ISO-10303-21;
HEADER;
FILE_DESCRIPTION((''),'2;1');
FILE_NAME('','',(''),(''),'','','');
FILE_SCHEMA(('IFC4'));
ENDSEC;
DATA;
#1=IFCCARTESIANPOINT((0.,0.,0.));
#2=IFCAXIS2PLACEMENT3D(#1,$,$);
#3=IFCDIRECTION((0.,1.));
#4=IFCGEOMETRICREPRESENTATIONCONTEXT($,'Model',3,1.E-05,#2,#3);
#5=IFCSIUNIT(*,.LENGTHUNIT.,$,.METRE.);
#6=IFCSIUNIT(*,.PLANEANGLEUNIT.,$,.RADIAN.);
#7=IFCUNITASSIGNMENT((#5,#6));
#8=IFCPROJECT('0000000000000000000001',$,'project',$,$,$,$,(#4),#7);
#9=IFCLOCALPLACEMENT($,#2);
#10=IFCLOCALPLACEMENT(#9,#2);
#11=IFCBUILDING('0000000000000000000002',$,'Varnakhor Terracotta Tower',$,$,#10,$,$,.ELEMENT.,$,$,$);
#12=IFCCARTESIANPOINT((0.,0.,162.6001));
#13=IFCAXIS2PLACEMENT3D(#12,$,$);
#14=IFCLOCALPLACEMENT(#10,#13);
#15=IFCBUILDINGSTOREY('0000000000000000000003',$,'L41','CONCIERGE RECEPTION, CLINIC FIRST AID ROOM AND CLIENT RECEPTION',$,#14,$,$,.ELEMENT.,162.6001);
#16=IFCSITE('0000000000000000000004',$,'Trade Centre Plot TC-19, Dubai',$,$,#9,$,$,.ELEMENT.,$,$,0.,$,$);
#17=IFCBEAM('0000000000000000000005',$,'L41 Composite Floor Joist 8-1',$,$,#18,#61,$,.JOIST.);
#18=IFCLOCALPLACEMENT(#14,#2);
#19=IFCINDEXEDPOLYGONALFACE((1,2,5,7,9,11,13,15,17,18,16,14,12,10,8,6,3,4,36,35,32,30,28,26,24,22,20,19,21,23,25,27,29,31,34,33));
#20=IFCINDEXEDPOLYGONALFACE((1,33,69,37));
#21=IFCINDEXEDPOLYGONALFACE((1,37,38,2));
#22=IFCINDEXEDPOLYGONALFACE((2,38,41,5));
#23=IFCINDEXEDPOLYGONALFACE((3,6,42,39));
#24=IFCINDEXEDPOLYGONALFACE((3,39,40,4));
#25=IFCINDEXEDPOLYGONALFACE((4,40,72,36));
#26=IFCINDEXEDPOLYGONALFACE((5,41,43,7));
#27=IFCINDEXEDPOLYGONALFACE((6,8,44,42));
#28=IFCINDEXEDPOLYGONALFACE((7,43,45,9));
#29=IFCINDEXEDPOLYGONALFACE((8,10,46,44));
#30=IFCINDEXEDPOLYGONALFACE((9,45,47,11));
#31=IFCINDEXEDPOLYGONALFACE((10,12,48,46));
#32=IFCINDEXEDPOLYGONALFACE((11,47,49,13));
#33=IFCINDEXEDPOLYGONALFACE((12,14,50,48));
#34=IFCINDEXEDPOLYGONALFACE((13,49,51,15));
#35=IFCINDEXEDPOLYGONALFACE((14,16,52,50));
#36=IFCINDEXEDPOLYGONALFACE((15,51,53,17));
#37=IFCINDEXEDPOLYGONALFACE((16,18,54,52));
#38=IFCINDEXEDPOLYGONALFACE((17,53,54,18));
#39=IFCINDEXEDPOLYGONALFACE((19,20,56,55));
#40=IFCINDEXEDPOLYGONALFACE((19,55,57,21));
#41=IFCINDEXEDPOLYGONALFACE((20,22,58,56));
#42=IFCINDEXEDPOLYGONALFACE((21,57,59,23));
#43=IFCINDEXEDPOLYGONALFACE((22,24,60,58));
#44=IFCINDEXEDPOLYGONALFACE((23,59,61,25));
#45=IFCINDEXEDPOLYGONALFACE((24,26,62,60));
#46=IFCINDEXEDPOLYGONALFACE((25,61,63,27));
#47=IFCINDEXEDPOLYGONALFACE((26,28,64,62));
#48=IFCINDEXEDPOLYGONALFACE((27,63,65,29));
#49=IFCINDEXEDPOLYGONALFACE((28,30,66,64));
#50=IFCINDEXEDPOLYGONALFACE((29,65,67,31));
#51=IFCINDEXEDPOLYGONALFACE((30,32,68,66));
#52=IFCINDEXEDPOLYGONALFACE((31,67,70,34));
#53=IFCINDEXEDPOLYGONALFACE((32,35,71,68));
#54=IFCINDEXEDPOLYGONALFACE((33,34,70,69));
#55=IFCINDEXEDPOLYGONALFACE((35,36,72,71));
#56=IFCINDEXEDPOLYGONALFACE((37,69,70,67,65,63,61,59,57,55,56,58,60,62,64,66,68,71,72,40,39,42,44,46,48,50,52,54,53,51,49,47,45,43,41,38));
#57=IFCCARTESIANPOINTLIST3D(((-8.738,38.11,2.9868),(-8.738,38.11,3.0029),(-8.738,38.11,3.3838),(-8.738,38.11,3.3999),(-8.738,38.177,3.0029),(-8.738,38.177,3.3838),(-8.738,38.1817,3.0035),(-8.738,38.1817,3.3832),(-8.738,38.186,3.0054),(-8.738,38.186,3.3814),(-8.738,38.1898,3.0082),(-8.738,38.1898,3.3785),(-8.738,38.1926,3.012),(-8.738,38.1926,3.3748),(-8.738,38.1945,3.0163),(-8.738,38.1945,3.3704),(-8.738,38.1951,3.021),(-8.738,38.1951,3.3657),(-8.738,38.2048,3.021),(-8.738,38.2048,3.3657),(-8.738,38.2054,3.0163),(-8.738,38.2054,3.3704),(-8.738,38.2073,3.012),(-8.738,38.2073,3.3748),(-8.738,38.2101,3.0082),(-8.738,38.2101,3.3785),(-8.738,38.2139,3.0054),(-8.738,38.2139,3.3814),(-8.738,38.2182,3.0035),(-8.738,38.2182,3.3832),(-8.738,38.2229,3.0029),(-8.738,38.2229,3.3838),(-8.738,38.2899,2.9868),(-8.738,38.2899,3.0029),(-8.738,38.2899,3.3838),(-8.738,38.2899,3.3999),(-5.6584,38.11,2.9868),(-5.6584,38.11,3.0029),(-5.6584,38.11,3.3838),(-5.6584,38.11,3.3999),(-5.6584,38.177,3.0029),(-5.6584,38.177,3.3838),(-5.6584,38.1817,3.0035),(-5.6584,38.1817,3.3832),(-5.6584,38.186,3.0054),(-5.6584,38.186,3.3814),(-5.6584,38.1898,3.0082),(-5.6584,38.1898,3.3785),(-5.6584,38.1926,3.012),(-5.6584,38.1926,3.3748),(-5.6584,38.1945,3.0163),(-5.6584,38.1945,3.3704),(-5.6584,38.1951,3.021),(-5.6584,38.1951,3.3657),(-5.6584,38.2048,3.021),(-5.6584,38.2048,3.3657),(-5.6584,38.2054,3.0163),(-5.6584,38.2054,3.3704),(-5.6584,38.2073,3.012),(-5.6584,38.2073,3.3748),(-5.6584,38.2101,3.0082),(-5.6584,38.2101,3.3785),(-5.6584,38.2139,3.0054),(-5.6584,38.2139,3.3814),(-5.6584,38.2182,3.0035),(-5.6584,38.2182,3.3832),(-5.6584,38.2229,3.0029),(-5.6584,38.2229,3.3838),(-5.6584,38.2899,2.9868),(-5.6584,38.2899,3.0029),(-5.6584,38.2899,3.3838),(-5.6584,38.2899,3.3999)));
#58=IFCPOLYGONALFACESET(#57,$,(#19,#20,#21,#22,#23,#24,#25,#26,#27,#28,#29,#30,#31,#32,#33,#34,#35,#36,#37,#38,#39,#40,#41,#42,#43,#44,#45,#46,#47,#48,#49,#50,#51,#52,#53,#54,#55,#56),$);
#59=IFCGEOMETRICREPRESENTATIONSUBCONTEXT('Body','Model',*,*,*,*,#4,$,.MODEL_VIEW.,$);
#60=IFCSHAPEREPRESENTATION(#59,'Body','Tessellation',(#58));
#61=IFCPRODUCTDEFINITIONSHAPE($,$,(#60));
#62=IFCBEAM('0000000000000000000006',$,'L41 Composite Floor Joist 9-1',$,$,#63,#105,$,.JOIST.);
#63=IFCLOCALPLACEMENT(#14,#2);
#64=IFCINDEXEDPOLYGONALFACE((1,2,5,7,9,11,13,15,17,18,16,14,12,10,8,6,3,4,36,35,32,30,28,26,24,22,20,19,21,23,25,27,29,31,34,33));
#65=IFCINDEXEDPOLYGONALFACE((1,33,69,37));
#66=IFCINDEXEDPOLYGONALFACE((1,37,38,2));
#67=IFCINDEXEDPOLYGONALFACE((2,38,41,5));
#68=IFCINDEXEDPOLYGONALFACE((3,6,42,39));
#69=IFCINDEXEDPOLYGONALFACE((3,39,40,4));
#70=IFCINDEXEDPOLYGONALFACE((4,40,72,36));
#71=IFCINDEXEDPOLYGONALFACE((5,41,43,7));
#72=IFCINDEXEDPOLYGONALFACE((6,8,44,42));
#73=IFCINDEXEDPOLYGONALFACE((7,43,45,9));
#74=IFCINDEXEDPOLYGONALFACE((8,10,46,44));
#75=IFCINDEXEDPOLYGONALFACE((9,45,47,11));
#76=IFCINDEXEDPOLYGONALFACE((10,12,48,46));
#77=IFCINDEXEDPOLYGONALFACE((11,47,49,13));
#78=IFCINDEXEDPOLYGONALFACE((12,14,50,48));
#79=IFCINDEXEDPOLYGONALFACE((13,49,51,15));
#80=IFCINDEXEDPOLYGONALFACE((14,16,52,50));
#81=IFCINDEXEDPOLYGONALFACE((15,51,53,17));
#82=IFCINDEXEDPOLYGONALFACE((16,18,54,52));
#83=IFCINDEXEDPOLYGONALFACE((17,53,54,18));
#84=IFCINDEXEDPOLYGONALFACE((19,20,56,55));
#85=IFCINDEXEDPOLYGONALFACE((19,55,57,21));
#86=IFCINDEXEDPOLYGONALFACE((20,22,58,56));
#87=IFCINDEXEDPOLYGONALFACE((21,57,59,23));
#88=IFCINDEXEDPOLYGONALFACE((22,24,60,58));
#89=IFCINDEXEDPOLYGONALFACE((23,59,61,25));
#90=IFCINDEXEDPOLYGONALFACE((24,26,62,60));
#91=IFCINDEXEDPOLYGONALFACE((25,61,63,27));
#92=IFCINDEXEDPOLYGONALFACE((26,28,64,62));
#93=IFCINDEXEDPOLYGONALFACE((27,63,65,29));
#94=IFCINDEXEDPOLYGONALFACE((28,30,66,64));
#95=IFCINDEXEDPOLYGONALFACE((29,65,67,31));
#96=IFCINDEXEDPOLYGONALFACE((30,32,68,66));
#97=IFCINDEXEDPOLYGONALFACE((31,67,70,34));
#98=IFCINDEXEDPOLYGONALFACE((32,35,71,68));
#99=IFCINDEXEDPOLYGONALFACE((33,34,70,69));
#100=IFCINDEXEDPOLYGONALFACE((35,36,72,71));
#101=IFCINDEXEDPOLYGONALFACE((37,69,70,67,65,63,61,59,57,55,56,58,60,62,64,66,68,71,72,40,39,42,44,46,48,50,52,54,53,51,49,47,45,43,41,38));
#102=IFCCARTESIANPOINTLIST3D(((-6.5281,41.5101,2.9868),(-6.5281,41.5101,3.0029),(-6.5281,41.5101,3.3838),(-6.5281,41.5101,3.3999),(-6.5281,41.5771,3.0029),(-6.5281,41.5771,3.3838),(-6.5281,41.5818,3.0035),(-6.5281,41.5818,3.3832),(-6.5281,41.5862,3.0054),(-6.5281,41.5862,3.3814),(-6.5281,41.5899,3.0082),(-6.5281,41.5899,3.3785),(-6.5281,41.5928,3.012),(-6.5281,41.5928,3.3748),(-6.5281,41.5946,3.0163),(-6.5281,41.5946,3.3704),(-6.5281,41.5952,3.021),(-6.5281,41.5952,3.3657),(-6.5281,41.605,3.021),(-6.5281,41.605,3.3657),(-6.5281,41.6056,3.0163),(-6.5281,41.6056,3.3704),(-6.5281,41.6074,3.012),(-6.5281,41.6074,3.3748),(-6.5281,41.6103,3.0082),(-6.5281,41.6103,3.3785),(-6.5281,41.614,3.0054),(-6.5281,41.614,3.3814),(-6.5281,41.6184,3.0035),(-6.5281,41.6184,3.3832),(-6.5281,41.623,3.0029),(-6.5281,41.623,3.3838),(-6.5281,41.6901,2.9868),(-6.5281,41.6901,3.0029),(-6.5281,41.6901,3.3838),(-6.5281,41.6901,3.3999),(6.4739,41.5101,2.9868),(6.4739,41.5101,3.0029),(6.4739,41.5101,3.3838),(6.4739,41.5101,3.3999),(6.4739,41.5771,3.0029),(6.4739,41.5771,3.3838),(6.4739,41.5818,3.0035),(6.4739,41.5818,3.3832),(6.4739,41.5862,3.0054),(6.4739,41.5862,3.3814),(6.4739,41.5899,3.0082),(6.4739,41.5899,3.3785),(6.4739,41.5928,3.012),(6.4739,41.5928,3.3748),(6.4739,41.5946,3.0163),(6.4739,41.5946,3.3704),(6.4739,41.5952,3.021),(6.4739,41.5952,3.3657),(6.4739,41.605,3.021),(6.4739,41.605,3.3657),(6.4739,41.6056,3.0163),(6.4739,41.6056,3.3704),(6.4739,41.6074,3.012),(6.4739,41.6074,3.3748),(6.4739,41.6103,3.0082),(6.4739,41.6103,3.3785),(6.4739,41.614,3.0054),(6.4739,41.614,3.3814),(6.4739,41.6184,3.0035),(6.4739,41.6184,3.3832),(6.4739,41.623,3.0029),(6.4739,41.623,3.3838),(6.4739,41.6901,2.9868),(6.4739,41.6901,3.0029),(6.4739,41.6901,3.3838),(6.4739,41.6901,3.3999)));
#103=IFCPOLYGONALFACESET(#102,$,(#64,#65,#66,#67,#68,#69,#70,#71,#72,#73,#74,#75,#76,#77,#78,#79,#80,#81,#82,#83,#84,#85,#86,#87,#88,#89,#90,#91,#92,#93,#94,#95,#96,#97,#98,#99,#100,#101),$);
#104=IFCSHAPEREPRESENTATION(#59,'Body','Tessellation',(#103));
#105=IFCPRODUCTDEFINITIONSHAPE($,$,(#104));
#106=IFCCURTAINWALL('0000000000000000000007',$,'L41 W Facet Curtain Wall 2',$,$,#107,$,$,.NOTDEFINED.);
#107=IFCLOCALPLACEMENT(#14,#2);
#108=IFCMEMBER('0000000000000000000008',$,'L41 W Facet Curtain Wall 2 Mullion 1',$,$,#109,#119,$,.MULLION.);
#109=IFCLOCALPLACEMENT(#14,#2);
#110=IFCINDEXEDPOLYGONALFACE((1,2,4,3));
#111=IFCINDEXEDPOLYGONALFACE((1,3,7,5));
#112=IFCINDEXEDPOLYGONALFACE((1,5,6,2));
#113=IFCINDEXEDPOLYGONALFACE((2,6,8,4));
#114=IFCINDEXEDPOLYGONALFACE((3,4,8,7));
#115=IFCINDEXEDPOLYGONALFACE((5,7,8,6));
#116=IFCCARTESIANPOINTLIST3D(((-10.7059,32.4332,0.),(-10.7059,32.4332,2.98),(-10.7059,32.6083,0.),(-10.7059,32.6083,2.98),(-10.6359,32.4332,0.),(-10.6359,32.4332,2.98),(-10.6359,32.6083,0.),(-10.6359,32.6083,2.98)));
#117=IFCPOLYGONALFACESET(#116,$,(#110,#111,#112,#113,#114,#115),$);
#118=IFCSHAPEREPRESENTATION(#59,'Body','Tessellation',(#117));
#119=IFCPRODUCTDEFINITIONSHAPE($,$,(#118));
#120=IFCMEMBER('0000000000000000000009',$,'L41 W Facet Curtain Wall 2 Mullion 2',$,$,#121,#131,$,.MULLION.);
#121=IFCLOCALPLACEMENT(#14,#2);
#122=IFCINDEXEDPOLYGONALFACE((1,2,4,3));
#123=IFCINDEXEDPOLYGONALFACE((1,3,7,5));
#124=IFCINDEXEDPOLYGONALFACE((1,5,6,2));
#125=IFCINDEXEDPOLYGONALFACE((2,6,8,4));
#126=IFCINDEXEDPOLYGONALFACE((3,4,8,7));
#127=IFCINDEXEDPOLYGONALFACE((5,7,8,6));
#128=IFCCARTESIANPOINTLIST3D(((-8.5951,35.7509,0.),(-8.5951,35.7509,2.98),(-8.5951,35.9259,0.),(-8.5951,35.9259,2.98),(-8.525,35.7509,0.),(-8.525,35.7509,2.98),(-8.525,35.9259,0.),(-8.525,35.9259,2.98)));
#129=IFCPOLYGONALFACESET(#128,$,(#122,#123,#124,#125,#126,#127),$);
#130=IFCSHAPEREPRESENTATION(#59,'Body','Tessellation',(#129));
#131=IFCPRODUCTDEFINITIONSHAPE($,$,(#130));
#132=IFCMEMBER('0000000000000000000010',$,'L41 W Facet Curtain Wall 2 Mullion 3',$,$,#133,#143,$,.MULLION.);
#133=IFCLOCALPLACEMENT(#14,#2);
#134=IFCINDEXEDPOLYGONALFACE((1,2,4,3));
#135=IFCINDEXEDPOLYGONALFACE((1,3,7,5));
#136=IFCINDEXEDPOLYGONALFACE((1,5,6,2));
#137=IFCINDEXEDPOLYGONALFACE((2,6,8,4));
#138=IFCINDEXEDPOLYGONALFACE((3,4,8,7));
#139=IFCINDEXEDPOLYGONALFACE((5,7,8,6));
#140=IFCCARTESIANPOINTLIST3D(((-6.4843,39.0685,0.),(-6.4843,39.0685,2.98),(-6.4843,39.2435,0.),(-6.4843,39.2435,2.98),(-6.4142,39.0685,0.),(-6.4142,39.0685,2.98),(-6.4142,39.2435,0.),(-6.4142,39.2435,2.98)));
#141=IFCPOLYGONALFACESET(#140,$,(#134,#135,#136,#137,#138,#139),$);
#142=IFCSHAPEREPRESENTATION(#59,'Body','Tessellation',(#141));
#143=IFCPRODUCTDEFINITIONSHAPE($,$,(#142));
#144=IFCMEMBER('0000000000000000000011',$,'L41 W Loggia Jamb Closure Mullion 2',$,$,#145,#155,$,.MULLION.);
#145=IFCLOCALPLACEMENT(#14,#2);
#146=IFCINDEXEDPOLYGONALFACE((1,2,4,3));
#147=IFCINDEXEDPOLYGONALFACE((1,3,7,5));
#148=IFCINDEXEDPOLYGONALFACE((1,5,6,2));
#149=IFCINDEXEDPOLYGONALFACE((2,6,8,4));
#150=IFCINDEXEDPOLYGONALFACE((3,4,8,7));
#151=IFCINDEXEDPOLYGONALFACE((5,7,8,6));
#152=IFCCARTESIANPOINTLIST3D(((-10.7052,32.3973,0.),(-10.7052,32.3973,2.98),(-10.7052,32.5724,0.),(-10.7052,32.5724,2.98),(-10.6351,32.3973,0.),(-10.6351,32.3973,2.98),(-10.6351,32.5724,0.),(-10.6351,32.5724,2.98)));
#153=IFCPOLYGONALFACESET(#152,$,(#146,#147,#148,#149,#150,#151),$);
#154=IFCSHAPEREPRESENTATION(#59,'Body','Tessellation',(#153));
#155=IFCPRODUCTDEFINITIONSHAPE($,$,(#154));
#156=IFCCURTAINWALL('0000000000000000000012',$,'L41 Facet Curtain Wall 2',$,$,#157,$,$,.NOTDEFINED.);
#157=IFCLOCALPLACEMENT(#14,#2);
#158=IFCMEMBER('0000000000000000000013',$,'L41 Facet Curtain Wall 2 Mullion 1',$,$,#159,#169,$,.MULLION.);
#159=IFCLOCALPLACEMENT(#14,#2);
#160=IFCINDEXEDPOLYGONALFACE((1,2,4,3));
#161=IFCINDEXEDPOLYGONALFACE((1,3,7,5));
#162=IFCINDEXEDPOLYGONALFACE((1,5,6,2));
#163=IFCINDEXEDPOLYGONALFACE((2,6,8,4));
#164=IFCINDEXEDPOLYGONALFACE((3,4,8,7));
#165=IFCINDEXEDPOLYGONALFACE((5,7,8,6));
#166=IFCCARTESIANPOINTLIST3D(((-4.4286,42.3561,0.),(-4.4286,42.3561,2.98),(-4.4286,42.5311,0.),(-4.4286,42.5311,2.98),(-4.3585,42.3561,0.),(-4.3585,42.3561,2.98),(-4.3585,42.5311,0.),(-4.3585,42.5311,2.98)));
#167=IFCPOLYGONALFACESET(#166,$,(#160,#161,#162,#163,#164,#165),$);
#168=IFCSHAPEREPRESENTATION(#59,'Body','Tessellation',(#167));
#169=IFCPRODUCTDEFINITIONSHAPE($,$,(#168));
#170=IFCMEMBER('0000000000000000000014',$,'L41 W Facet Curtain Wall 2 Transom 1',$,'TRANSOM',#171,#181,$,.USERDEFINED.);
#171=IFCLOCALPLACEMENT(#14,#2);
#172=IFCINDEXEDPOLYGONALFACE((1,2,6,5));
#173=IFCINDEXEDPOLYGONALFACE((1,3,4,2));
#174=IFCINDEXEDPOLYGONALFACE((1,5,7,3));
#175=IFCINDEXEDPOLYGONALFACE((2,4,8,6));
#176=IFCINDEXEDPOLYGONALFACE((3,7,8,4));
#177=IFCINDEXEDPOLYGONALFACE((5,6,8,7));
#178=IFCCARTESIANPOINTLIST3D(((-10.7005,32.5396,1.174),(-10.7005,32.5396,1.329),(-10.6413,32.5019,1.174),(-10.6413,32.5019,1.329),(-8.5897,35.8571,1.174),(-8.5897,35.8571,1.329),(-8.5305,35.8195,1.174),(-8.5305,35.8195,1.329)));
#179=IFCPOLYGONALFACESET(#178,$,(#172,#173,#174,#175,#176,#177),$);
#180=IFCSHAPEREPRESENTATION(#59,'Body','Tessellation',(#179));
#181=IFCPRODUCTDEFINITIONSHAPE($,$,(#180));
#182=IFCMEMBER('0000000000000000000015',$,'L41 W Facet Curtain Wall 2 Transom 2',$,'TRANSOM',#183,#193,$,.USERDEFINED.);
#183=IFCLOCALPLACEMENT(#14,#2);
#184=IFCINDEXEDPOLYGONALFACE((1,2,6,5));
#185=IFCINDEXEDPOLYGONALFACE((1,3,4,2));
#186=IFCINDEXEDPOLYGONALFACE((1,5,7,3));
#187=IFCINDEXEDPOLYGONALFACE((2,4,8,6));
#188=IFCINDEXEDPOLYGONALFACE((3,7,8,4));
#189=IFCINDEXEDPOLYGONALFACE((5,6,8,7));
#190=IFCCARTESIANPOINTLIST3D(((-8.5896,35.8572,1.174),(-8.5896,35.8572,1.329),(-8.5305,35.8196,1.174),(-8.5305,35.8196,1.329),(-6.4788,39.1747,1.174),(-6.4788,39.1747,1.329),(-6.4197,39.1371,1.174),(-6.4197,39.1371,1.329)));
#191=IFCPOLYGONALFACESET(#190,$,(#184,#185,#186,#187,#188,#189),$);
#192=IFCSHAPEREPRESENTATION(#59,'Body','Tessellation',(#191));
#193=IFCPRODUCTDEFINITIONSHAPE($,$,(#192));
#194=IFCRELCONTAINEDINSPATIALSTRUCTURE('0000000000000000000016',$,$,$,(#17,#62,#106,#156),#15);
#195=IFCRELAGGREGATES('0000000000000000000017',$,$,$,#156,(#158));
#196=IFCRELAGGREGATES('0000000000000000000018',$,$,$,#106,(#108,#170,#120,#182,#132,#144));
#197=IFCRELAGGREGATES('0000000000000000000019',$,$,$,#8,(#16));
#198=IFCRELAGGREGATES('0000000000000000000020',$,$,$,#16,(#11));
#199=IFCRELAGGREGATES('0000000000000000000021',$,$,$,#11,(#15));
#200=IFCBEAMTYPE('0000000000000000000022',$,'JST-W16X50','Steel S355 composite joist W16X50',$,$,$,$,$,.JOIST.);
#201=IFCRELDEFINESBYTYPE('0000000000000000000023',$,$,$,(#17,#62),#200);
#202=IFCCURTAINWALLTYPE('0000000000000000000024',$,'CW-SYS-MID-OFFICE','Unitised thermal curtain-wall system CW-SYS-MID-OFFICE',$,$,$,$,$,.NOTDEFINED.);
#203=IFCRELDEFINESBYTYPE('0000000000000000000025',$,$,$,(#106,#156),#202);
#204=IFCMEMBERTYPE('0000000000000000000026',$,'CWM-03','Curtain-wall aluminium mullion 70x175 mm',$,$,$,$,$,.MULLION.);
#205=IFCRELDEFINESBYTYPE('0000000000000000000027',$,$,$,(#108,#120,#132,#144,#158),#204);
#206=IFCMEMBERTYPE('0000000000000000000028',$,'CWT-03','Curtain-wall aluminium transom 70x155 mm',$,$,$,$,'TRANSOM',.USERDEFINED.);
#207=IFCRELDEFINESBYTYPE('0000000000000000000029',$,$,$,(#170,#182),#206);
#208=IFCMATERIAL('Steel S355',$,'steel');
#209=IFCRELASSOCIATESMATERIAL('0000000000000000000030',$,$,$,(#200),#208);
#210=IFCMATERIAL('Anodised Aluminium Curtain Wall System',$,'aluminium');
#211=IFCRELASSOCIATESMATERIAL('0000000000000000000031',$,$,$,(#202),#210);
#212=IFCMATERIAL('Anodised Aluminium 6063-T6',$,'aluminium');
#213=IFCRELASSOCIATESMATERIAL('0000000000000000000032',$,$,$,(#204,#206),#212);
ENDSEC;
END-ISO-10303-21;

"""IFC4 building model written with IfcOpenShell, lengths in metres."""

from ifc_helpers import new_model, si_unit, direction, frame, origin, origin_2d, place, context, subcontext, project, spatial, rectangle, i_section, extrude, source, transform, mapped, material, material_profile, profile_set, type_object, element, aggregate, save


model = new_model("IFC4")

# Units and contexts
model_context = context("Model", 3, precision=1e-05, world=origin(), true_north=direction((0.0, 1.0)))
body_context = subcontext(model_context, "Body", "Model", "MODEL_VIEW")
ifc_project = project(units=[si_unit("LENGTHUNIT", "METRE"), si_unit("PLANEANGLEUNIT", "RADIAN")], contexts=[model_context])

# Site, building, storey
site_placement = place(None, origin())
site = spatial("IfcSite", under=ifc_project, at=site_placement, Name="Trade Centre Plot TC-19, Dubai", CompositionType="ELEMENT", RefElevation=0.0)
building_placement = place(site_placement, origin())
building = spatial("IfcBuilding", under=site, at=building_placement, Name="Varnakhor Terracotta Tower", CompositionType="ELEMENT")
storey_placement = place(building_placement, frame((0.0, 0.0, 162.6001)))
storey = spatial("IfcBuildingStorey", under=building, at=storey_placement, Name="L41", Description="CONCIERGE RECEPTION, CLINIC FIRST AID ROOM AND CLIENT RECEPTION", CompositionType="ELEMENT", Elevation=162.6001)

# Beams
ifc_material_1 = material(Name="Steel S355", Category="steel")
ifc_material_profile_1 = material_profile(ifc_material_1, i_section(OverallWidth=0.1799, OverallDepth=0.4131, WebThickness=0.0098, FlangeThickness=0.0161, FilletRadius=0.0181, at=origin_2d()), Name="W16X50")
ifc_profile_set_1 = profile_set([ifc_material_profile_1], Name="Steel S355")
beam_type_1 = type_object("IfcBeamType", Name="JST-W16X50", Description="Steel S355 composite joist W16X50", PredefinedType="JOIST", material=ifc_profile_set_1)
shared_shape_1 = source(origin(), body_context, "Body", "SweptSolid", [
    extrude(i_section(OverallWidth=0.1799, OverallDepth=0.4131, WebThickness=0.0098, FlangeThickness=0.0161, FilletRadius=0.0181, at=origin_2d()), origin(), (0.0, 0.0, 1.0), 3.0796),
])
beam_1_placement = place(storey_placement, frame((-8.738, 38.2, 3.1934), z_axis=(1.0, 0.0, 0.0), x_axis=(0.0, 1.0, 0.0)))
element("IfcBeam", 1, at=beam_1_placement, inside=storey, type_object=beam_type_1, Name="L41 Composite Floor Joist 8-1", PredefinedType="JOIST", context=body_context, shape_type="MappedRepresentation", body=[
    mapped(shared_shape_1, transform((0.0, 0.0, 0.0), scale=1.0)),
])
shared_shape_2 = source(origin(), body_context, "Body", "SweptSolid", [
    extrude(i_section(OverallWidth=0.1799, OverallDepth=0.4131, WebThickness=0.0098, FlangeThickness=0.0161, FilletRadius=0.0181, at=origin_2d()), origin(), (0.0, 0.0, 1.0), 13.002),
])
beam_2_placement = place(storey_placement, frame((-6.5281, 41.6001, 3.1934), z_axis=(1.0, 0.0, 0.0), x_axis=(0.0, 1.0, 0.0)))
element("IfcBeam", 2, at=beam_2_placement, inside=storey, type_object=beam_type_1, Name="L41 Composite Floor Joist 9-1", PredefinedType="JOIST", context=body_context, shape_type="MappedRepresentation", body=[
    mapped(shared_shape_2, transform((0.0, 0.0, 0.0), scale=1.0)),
])

# Curtain wall, members
ifc_material_2 = material(Name="Anodised Aluminium Curtain Wall System", Category="aluminium")
curtain_wall_type = type_object("IfcCurtainWallType", Name="CW-SYS-MID-OFFICE", Description="Unitised thermal curtain-wall system CW-SYS-MID-OFFICE", PredefinedType="NOTDEFINED", material=ifc_material_2)
curtain_wall_1_placement = place(storey_placement, origin())
curtain_wall_1 = element("IfcCurtainWall", 3, at=curtain_wall_1_placement, inside=storey, type_object=curtain_wall_type, Name="L41 W Facet Curtain Wall 2", PredefinedType="NOTDEFINED")
ifc_material_3 = material(Name="Anodised Aluminium 6063-T6", Category="aluminium")
ifc_material_profile_2 = material_profile(ifc_material_3, rectangle(XDim=0.0701, YDim=0.175, at=origin_2d()), Name="ALU MULLION 70x175")
ifc_profile_set_2 = profile_set([ifc_material_profile_2], Name="Anodised Aluminium 6063-T6")
member_type_1 = type_object("IfcMemberType", Name="CWM-03", Description="Curtain-wall aluminium mullion 70x175 mm", PredefinedType="MULLION", material=ifc_profile_set_2)
shared_shape_3 = source(origin(), body_context, "Body", "SweptSolid", [
    extrude(rectangle(XDim=0.0701, YDim=0.175, at=origin_2d()), origin(), (0.0, 0.0, 1.0), 2.98),
])
member_1_placement = place(storey_placement, frame((-10.6709, 32.5208, 0.0), z_axis=(0.0, 0.0, 1.0), x_axis=(1.0, 0.0, 0.0)))
member_1 = element("IfcMember", 4, at=member_1_placement, type_object=member_type_1, Name="L41 W Facet Curtain Wall 2 Mullion 1", PredefinedType="MULLION", context=body_context, shape_type="MappedRepresentation", body=[
    mapped(shared_shape_3, transform((0.0, 0.0, 0.0), scale=1.0)),
])
member_2_placement = place(storey_placement, frame((-8.5601, 35.8384, 0.0), z_axis=(0.0, 0.0, 1.0), x_axis=(1.0, 0.0, 0.0)))
member_2 = element("IfcMember", 5, at=member_2_placement, type_object=member_type_1, Name="L41 W Facet Curtain Wall 2 Mullion 2", PredefinedType="MULLION", context=body_context, shape_type="MappedRepresentation", body=[
    mapped(shared_shape_3, transform((0.0, 0.0, 0.0), scale=1.0)),
])
member_3_placement = place(storey_placement, frame((-6.4492, 39.156, 0.0), z_axis=(0.0, 0.0, 1.0), x_axis=(1.0, 0.0, 0.0)))
member_3 = element("IfcMember", 6, at=member_3_placement, type_object=member_type_1, Name="L41 W Facet Curtain Wall 2 Mullion 3", PredefinedType="MULLION", context=body_context, shape_type="MappedRepresentation", body=[
    mapped(shared_shape_3, transform((0.0, 0.0, 0.0), scale=1.0)),
])
member_4_placement = place(storey_placement, frame((-10.6702, 32.4849, 0.0), z_axis=(0.0, 0.0, 1.0), x_axis=(1.0, 0.0, 0.0)))
member_4 = element("IfcMember", 7, at=member_4_placement, type_object=member_type_1, Name="L41 W Loggia Jamb Closure Mullion 2", PredefinedType="MULLION", context=body_context, shape_type="MappedRepresentation", body=[
    mapped(shared_shape_3, transform((0.0, 0.0, 0.0), scale=1.0)),
])

# Curtain wall, member
curtain_wall_2_placement = place(storey_placement, origin())
curtain_wall_2 = element("IfcCurtainWall", 8, at=curtain_wall_2_placement, inside=storey, type_object=curtain_wall_type, Name="L41 Facet Curtain Wall 2", PredefinedType="NOTDEFINED")
member_5_placement = place(storey_placement, frame((-4.3936, 42.4436, 0.0), z_axis=(0.0, 0.0, 1.0), x_axis=(1.0, 0.0, 0.0)))
member_5 = element("IfcMember", 9, at=member_5_placement, type_object=member_type_1, Name="L41 Facet Curtain Wall 2 Mullion 1", PredefinedType="MULLION", context=body_context, shape_type="MappedRepresentation", body=[
    mapped(shared_shape_3, transform((0.0, 0.0, 0.0), scale=1.0)),
])

# Members
ifc_material_profile_3 = material_profile(ifc_material_3, rectangle(XDim=0.0701, YDim=0.155, at=origin_2d()), Name="ALU TRANSOM 70x155")
ifc_profile_set_3 = profile_set([ifc_material_profile_3], Name="Anodised Aluminium 6063-T6")
member_type_2 = type_object("IfcMemberType", Name="CWT-03", Description="Curtain-wall aluminium transom 70x155 mm", ElementType="TRANSOM", PredefinedType="USERDEFINED", material=ifc_profile_set_3)
shared_shape_4 = source(origin(), body_context, "Body", "SweptSolid", [
    extrude(rectangle(XDim=0.0701, YDim=0.155, at=origin_2d()), origin(), (0.0, 0.0, 1.0), 3.9321),
])
member_6_placement = place(storey_placement, frame((-10.6709, 32.5208, 1.2515), z_axis=(0.536807, 0.843705, 0.0), x_axis=(-0.843705, 0.536807, 0.0)))
member_6 = element("IfcMember", 10, at=member_6_placement, type_object=member_type_2, Name="L41 W Facet Curtain Wall 2 Transom 1", ObjectType="TRANSOM", PredefinedType="USERDEFINED", context=body_context, shape_type="MappedRepresentation", body=[
    mapped(shared_shape_4, transform((0.0, 0.0, 0.0), scale=1.0)),
])
member_7_placement = place(storey_placement, frame((-8.5601, 35.8384, 1.2515), z_axis=(0.536807, 0.843705, 0.0), x_axis=(-0.843705, 0.536807, 0.0)))
member_7 = element("IfcMember", 11, at=member_7_placement, type_object=member_type_2, Name="L41 W Facet Curtain Wall 2 Transom 2", ObjectType="TRANSOM", PredefinedType="USERDEFINED", context=body_context, shape_type="MappedRepresentation", body=[
    mapped(shared_shape_4, transform((0.0, 0.0, 0.0), scale=1.0)),
])
aggregate(curtain_wall_2, [member_5])

aggregate(curtain_wall_1, [member_1, member_6, member_2, member_7, member_3, member_4])

save(model, "model.ifc")
